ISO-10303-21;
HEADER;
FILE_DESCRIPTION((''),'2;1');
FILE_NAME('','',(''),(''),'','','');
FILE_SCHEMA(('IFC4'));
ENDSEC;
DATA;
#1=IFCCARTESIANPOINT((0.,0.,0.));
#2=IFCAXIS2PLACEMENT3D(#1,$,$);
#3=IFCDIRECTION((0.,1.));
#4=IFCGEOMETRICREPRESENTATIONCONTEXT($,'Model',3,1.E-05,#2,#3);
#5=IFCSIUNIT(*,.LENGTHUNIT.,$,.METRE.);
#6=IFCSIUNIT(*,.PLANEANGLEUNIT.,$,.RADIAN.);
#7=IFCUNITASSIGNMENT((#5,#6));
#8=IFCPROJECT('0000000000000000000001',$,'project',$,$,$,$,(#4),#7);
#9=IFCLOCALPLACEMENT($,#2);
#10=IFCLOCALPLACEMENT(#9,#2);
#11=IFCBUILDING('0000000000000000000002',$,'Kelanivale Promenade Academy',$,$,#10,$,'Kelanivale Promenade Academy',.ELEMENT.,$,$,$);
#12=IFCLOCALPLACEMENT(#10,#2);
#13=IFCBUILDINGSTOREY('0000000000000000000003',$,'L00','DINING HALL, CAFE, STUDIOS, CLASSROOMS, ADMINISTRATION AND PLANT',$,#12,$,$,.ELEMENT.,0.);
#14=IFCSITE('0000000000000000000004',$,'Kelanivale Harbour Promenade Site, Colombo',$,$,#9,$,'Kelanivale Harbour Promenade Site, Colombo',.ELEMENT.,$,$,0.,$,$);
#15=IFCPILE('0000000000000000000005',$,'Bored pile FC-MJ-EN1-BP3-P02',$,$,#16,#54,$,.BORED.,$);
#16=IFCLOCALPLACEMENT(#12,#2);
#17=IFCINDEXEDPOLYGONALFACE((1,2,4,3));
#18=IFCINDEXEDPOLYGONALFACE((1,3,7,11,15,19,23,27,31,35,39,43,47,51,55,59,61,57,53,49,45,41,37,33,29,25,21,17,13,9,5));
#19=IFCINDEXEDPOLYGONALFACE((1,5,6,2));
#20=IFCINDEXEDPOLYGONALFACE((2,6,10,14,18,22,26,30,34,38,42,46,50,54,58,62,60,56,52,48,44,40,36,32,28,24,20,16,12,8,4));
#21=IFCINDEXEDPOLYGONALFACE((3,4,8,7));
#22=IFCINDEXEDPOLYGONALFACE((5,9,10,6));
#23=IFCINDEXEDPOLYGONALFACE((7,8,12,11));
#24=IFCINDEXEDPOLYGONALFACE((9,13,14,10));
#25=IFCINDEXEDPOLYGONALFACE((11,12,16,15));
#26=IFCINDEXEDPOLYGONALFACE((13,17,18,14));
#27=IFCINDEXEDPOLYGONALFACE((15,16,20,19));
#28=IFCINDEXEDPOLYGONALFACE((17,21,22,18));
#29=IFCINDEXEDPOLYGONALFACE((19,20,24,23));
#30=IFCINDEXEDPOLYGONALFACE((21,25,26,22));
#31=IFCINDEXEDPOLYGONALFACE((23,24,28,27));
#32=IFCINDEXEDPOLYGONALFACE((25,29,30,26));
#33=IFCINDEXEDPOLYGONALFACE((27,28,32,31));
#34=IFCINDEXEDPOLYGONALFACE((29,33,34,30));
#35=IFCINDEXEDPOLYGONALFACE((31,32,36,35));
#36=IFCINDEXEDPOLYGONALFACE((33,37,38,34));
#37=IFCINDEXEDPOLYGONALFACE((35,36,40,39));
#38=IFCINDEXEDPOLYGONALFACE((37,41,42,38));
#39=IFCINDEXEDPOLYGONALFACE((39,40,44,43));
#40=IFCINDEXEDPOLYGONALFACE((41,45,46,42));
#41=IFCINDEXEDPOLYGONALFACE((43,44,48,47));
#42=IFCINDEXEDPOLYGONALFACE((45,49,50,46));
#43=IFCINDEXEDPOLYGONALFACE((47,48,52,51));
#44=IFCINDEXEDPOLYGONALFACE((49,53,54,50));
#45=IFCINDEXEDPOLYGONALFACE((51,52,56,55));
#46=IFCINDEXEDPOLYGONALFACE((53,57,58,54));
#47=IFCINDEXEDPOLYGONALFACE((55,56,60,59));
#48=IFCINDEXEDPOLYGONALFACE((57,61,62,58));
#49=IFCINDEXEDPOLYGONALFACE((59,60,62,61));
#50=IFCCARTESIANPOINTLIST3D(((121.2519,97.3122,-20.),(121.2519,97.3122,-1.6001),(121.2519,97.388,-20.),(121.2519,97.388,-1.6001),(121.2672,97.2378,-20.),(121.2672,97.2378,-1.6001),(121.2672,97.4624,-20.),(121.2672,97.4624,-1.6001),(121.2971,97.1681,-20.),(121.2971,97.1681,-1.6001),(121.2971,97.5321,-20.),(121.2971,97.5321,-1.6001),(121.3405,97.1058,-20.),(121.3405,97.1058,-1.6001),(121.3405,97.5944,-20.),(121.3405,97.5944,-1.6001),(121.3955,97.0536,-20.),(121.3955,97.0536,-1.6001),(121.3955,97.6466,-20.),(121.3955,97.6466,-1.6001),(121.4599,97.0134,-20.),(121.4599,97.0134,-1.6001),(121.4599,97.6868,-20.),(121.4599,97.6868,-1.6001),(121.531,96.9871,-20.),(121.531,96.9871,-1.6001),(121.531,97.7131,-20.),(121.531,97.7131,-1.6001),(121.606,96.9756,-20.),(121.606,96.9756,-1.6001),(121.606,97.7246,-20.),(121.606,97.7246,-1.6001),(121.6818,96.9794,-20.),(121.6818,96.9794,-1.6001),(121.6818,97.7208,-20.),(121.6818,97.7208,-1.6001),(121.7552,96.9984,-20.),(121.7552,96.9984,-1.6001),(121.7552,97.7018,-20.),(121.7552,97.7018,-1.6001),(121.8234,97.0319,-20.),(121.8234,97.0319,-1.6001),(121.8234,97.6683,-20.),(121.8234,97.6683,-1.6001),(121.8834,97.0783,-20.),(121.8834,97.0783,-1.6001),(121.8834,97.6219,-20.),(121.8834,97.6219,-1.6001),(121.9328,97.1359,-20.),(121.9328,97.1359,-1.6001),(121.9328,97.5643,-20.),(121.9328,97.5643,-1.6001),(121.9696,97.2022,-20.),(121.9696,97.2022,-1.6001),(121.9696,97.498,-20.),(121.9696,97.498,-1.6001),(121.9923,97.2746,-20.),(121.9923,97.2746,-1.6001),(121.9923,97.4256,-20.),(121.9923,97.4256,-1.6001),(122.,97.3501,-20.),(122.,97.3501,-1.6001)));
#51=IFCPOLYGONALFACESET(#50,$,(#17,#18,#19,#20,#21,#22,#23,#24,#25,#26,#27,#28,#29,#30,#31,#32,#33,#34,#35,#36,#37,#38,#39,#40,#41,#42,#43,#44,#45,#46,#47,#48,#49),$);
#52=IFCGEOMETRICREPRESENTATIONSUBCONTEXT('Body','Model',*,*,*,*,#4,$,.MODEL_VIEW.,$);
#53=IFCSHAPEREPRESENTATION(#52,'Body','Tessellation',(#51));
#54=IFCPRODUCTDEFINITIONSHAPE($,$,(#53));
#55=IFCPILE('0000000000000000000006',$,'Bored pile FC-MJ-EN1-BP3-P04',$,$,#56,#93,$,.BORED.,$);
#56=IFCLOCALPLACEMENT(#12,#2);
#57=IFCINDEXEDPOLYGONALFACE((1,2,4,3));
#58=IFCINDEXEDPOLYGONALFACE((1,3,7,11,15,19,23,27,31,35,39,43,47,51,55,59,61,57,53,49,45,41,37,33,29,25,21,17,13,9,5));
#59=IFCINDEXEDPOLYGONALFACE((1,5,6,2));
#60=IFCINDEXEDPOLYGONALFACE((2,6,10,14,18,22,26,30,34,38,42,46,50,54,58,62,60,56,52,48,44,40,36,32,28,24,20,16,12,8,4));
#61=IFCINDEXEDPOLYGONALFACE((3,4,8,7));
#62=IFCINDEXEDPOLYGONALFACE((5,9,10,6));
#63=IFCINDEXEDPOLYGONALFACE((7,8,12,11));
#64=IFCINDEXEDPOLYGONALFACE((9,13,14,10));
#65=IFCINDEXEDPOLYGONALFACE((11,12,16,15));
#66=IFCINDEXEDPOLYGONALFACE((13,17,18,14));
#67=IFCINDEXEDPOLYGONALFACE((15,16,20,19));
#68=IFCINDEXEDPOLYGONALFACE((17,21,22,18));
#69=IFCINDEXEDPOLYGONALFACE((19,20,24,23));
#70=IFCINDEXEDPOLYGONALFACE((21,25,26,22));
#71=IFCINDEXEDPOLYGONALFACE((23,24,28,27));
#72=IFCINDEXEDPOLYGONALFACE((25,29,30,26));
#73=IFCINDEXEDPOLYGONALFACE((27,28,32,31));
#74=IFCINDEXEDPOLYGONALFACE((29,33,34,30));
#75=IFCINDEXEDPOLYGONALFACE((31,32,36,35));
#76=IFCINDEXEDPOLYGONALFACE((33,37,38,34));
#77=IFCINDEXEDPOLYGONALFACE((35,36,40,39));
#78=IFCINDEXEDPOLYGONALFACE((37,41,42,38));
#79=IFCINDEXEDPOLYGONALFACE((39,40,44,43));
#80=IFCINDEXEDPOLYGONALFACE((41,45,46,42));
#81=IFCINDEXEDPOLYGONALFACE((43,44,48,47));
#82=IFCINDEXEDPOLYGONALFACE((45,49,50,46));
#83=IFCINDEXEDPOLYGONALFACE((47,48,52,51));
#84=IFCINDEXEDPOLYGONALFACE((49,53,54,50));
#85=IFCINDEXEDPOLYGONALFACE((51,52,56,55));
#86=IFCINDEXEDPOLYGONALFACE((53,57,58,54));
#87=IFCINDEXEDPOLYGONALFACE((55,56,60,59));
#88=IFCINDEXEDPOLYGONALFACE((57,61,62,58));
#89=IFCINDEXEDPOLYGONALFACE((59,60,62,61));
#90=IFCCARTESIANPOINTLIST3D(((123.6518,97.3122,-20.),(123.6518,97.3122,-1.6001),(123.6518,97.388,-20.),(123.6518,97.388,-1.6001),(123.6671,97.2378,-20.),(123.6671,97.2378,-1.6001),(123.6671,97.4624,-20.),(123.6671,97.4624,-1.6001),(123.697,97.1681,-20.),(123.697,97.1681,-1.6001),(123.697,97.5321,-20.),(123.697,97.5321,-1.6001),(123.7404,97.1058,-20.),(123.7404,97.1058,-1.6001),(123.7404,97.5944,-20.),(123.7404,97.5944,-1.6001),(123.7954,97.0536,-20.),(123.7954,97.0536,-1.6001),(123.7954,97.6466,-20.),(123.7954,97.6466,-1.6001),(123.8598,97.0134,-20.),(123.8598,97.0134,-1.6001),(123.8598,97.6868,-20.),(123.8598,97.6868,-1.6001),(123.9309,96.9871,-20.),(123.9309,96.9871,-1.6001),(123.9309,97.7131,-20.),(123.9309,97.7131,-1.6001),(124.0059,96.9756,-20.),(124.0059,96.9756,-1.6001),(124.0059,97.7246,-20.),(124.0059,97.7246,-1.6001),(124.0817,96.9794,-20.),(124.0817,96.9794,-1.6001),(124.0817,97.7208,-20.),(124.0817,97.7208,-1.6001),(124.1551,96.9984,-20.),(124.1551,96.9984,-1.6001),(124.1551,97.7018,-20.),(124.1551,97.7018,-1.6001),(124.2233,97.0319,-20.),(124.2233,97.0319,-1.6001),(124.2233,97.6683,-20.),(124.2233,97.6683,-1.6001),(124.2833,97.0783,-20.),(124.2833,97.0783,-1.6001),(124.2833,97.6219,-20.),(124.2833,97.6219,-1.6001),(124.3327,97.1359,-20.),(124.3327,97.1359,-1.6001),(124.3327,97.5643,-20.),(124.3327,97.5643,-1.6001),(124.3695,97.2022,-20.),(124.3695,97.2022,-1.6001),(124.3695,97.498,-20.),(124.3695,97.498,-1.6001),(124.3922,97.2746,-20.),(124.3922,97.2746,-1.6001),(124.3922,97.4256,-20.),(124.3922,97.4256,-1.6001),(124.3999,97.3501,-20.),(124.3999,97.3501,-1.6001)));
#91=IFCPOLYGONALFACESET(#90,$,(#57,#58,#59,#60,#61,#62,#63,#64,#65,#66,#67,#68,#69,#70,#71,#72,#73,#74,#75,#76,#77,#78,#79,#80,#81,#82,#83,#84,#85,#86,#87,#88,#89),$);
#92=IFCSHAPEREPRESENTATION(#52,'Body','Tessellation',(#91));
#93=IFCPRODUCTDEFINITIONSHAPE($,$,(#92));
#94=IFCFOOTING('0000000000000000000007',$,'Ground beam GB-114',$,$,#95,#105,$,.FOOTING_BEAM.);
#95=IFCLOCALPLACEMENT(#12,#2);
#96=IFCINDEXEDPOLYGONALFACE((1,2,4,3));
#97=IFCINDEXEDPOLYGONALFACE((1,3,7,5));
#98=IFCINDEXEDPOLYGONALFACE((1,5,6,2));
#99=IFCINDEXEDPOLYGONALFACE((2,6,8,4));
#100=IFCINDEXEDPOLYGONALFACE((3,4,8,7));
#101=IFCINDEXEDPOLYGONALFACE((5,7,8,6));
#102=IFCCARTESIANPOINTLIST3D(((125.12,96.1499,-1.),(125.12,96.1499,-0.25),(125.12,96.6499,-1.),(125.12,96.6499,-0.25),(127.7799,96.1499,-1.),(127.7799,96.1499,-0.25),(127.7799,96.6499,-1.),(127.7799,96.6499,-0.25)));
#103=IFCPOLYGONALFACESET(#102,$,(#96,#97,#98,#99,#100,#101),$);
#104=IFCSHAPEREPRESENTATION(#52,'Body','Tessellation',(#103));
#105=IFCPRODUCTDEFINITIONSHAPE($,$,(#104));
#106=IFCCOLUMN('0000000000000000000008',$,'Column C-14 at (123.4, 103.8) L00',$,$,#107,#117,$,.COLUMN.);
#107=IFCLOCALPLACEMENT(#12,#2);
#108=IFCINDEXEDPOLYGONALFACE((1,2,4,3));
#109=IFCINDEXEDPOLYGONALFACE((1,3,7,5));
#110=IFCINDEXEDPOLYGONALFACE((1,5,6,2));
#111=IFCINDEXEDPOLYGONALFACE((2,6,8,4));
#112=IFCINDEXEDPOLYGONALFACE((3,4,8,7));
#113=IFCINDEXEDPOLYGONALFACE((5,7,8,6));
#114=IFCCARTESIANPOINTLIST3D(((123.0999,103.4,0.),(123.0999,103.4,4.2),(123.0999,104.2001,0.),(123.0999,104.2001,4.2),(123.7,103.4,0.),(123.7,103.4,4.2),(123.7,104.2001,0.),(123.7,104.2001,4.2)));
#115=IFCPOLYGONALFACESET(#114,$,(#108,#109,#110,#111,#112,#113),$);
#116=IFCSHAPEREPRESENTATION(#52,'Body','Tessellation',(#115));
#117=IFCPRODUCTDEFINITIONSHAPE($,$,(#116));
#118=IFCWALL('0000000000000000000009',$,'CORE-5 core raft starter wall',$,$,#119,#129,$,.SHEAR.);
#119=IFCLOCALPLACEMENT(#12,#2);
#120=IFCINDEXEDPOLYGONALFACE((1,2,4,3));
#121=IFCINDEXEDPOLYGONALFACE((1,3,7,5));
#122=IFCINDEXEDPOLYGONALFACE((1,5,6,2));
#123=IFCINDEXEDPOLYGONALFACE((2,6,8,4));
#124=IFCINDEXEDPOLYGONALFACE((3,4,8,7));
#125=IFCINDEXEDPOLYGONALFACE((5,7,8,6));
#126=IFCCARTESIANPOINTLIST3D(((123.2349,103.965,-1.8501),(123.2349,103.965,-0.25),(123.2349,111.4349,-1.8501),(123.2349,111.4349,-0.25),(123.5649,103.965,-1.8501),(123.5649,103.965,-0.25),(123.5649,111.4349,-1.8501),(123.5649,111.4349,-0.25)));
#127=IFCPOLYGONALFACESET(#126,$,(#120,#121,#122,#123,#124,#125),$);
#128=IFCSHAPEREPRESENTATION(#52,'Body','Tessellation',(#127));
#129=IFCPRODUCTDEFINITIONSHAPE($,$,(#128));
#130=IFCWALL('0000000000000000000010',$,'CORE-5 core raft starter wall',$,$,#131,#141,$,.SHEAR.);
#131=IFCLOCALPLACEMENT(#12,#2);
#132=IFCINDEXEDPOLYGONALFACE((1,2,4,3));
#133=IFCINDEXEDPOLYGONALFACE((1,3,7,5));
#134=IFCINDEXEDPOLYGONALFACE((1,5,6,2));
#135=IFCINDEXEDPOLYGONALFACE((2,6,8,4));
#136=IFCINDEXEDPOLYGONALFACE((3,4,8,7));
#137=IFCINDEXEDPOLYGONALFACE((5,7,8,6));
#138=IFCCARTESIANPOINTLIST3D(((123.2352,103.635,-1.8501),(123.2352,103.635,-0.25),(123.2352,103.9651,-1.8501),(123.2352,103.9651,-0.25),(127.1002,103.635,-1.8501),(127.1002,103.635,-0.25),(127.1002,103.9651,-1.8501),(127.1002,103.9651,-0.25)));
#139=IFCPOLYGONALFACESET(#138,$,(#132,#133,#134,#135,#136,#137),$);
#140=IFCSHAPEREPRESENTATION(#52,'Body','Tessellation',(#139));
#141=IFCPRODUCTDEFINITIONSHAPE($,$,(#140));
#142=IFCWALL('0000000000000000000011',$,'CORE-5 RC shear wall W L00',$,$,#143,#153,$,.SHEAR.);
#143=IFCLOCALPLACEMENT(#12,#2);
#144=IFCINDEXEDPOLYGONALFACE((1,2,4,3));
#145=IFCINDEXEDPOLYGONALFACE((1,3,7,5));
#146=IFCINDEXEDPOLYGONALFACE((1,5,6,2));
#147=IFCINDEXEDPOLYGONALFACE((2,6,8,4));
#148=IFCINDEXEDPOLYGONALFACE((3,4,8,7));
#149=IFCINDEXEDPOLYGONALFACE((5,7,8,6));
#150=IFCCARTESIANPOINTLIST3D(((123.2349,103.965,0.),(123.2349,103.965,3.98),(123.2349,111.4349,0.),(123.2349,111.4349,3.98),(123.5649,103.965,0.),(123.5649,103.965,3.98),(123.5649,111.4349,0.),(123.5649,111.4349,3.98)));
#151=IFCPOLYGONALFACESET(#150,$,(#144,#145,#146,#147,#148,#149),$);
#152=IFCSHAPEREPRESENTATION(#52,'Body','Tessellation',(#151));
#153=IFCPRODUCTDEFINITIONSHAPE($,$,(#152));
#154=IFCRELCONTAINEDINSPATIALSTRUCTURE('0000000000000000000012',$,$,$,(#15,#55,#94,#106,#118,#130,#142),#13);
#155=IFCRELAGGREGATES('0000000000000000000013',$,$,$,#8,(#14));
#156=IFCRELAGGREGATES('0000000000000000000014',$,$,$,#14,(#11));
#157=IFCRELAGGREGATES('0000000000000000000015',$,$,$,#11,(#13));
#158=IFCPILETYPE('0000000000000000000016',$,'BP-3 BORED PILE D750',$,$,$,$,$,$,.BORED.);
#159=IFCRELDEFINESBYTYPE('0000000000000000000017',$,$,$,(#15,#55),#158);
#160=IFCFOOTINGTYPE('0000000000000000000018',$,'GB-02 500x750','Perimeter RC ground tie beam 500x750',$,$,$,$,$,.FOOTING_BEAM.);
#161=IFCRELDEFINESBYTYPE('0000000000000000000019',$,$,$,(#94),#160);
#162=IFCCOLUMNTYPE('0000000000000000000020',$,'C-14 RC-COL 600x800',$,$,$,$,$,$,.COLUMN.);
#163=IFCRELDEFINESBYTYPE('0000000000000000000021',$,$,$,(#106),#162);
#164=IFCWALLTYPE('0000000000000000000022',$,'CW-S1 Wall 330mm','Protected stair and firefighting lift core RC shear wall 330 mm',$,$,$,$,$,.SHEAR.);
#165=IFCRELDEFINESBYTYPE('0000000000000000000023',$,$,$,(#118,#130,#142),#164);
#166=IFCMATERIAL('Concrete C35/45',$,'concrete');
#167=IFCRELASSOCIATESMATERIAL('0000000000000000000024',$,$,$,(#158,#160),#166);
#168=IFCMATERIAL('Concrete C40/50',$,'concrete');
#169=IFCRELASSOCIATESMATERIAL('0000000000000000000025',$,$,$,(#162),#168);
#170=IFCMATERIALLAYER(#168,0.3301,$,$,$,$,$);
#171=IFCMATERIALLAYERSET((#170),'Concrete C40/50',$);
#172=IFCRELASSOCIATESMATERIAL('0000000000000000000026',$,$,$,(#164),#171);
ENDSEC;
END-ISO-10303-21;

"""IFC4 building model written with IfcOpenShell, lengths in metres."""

from ifc_helpers import new_model, si_unit, direction, frame, frame_2d, origin, origin_2d, place, context, subcontext, project, spatial, rectangle, circle, extrude, material, layer, layer_set, material_profile, profile_set, type_object, element, save


model = new_model("IFC4")

# Units and contexts
model_context = context("Model", 3, precision=1e-05, world=origin(), true_north=direction((0.0, 1.0)))
body_context = subcontext(model_context, "Body", "Model", "MODEL_VIEW")
ifc_project = project(units=[si_unit("LENGTHUNIT", "METRE"), si_unit("PLANEANGLEUNIT", "RADIAN")], contexts=[model_context])

# Site, building, storey
site_placement = place(None, origin())
site = spatial("IfcSite", under=ifc_project, at=site_placement, Name="Kelanivale Harbour Promenade Site, Colombo", LongName="Kelanivale Harbour Promenade Site, Colombo", CompositionType="ELEMENT", RefElevation=0.0)
building_placement = place(site_placement, origin())
building = spatial("IfcBuilding", under=site, at=building_placement, Name="Kelanivale Promenade Academy", LongName="Kelanivale Promenade Academy", CompositionType="ELEMENT")
storey_placement = place(building_placement, origin())
storey = spatial("IfcBuildingStorey", under=building, at=storey_placement, Name="L00", Description="DINING HALL, CAFE, STUDIOS, CLASSROOMS, ADMINISTRATION AND PLANT", CompositionType="ELEMENT", Elevation=0.0)

# Piles
ifc_material_1 = material(Name="Concrete C35/45", Category="concrete")
ifc_material_profile_1 = material_profile(ifc_material_1, circle(Radius=0.375, at=origin_2d()), Name="BORED PILE D750")
ifc_profile_set_1 = profile_set([ifc_material_profile_1], Name="Concrete C35/45")
pile_type = type_object("IfcPileType", Name="BP-3 BORED PILE D750", PredefinedType="BORED", material=ifc_profile_set_1)
for number, where, z_axis, x_axis, name in (
    (1, (121.625, 97.3501, -1.6001), (0.0, 0.0, -1.0), (1.0, 0.0, 0.0), "Bored pile FC-MJ-EN1-BP3-P02"),
    (2, (124.0249, 97.3501, -1.6001), (0.0, 0.0, -1.0), (1.0, 0.0, 0.0), "Bored pile FC-MJ-EN1-BP3-P04"),
):
    element("IfcPile", number, at=place(storey_placement, frame(where, z_axis=z_axis, x_axis=x_axis)), inside=storey, type_object=pile_type, Name=name, PredefinedType="BORED", context=body_context, shape_type="SweptSolid", body=[
        extrude(circle(Radius=0.375, at=origin_2d()), origin(), (0.0, 0.0, 1.0), 18.3999),
    ])

# Footing
footing_type = type_object("IfcFootingType", Name="GB-02 500x750", Description="Perimeter RC ground tie beam 500x750", PredefinedType="FOOTING_BEAM", material=ifc_material_1)
footing_placement = place(storey_placement, frame((126.45, 96.3999, -1.0), z_axis=(0.0, 0.0, 1.0), x_axis=(1.0, 0.0, 0.0)))
element("IfcFooting", 3, at=footing_placement, inside=storey, type_object=footing_type, Name="Ground beam GB-114", PredefinedType="FOOTING_BEAM", context=body_context, shape_type="SweptSolid", body=[
    extrude(rectangle(XDim=2.6599, YDim=0.5, at=origin_2d()), origin(), (0.0, 0.0, 1.0), 0.75),
])

# Column
ifc_material_2 = material(Name="Concrete C40/50", Category="concrete")
ifc_material_profile_2 = material_profile(ifc_material_2, rectangle(XDim=0.6001, YDim=0.8, at=origin_2d()), Name="RC-COL 600x800")
ifc_profile_set_2 = profile_set([ifc_material_profile_2], Name="Concrete C40/50")
column_type = type_object("IfcColumnType", Name="C-14 RC-COL 600x800", PredefinedType="COLUMN", material=ifc_profile_set_2)
column_placement = place(storey_placement, frame((123.3999, 103.8, 0.0), z_axis=(0.0, 0.0, 1.0), x_axis=(1.0, 0.0, 0.0)))
element("IfcColumn", 4, at=column_placement, inside=storey, type_object=column_type, Name="Column C-14 at (123.4, 103.8) L00", PredefinedType="COLUMN", context=body_context, shape_type="SweptSolid", body=[
    extrude(rectangle(XDim=0.6001, YDim=0.8, at=origin_2d()), origin(), (0.0, 0.0, 1.0), 4.2),
])

# Walls
ifc_layer_1 = layer(ifc_material_2, 0.3301)
ifc_layer_set_1 = layer_set([ifc_layer_1], Name="Concrete C40/50")
wall_type_1 = type_object("IfcWallType", Name="CW-S1 Wall 330mm", Description="Protected stair and firefighting lift core RC shear wall 330 mm", PredefinedType="SHEAR", material=ifc_layer_set_1)
wall_1_placement = place(storey_placement, frame((123.3999, 103.9651, -1.8501), z_axis=(0.0, 0.0, 1.0), x_axis=(0.0, 1.0, 0.0)))
element("IfcWall", 5, at=wall_1_placement, inside=storey, type_object=wall_type_1, Name="CORE-5 core raft starter wall", PredefinedType="SHEAR", context=body_context, shape_type="SweptSolid", body=[
    extrude(rectangle(XDim=7.47, YDim=0.3301, at=frame_2d((3.7349, 0.0))), origin(), (0.0, 0.0, 1.0), 1.6001),
])
wall_2_placement = place(storey_placement, frame((123.2351, 103.8, -1.8501), z_axis=(0.0, 0.0, 1.0), x_axis=(1.0, 0.0, 0.0)))
element("IfcWall", 6, at=wall_2_placement, inside=storey, type_object=wall_type_1, Name="CORE-5 core raft starter wall", PredefinedType="SHEAR", context=body_context, shape_type="SweptSolid", body=[
    extrude(rectangle(XDim=3.865, YDim=0.3301, at=frame_2d((1.9326, 0.0))), origin(), (0.0, 0.0, 1.0), 1.6001),
])

# Wall
wall_3_placement = place(storey_placement, frame((123.3999, 103.9651, 0.0), z_axis=(0.0, 0.0, 1.0), x_axis=(0.0, 1.0, 0.0)))
element("IfcWall", 7, at=wall_3_placement, inside=storey, type_object=wall_type_1, Name="CORE-5 RC shear wall W L00", PredefinedType="SHEAR", context=body_context, shape_type="SweptSolid", body=[
    extrude(rectangle(XDim=7.47, YDim=0.3301, at=frame_2d((3.7349, 0.0))), origin(), (0.0, 0.0, 1.0), 3.98),
])

save(model, "model.ifc")
